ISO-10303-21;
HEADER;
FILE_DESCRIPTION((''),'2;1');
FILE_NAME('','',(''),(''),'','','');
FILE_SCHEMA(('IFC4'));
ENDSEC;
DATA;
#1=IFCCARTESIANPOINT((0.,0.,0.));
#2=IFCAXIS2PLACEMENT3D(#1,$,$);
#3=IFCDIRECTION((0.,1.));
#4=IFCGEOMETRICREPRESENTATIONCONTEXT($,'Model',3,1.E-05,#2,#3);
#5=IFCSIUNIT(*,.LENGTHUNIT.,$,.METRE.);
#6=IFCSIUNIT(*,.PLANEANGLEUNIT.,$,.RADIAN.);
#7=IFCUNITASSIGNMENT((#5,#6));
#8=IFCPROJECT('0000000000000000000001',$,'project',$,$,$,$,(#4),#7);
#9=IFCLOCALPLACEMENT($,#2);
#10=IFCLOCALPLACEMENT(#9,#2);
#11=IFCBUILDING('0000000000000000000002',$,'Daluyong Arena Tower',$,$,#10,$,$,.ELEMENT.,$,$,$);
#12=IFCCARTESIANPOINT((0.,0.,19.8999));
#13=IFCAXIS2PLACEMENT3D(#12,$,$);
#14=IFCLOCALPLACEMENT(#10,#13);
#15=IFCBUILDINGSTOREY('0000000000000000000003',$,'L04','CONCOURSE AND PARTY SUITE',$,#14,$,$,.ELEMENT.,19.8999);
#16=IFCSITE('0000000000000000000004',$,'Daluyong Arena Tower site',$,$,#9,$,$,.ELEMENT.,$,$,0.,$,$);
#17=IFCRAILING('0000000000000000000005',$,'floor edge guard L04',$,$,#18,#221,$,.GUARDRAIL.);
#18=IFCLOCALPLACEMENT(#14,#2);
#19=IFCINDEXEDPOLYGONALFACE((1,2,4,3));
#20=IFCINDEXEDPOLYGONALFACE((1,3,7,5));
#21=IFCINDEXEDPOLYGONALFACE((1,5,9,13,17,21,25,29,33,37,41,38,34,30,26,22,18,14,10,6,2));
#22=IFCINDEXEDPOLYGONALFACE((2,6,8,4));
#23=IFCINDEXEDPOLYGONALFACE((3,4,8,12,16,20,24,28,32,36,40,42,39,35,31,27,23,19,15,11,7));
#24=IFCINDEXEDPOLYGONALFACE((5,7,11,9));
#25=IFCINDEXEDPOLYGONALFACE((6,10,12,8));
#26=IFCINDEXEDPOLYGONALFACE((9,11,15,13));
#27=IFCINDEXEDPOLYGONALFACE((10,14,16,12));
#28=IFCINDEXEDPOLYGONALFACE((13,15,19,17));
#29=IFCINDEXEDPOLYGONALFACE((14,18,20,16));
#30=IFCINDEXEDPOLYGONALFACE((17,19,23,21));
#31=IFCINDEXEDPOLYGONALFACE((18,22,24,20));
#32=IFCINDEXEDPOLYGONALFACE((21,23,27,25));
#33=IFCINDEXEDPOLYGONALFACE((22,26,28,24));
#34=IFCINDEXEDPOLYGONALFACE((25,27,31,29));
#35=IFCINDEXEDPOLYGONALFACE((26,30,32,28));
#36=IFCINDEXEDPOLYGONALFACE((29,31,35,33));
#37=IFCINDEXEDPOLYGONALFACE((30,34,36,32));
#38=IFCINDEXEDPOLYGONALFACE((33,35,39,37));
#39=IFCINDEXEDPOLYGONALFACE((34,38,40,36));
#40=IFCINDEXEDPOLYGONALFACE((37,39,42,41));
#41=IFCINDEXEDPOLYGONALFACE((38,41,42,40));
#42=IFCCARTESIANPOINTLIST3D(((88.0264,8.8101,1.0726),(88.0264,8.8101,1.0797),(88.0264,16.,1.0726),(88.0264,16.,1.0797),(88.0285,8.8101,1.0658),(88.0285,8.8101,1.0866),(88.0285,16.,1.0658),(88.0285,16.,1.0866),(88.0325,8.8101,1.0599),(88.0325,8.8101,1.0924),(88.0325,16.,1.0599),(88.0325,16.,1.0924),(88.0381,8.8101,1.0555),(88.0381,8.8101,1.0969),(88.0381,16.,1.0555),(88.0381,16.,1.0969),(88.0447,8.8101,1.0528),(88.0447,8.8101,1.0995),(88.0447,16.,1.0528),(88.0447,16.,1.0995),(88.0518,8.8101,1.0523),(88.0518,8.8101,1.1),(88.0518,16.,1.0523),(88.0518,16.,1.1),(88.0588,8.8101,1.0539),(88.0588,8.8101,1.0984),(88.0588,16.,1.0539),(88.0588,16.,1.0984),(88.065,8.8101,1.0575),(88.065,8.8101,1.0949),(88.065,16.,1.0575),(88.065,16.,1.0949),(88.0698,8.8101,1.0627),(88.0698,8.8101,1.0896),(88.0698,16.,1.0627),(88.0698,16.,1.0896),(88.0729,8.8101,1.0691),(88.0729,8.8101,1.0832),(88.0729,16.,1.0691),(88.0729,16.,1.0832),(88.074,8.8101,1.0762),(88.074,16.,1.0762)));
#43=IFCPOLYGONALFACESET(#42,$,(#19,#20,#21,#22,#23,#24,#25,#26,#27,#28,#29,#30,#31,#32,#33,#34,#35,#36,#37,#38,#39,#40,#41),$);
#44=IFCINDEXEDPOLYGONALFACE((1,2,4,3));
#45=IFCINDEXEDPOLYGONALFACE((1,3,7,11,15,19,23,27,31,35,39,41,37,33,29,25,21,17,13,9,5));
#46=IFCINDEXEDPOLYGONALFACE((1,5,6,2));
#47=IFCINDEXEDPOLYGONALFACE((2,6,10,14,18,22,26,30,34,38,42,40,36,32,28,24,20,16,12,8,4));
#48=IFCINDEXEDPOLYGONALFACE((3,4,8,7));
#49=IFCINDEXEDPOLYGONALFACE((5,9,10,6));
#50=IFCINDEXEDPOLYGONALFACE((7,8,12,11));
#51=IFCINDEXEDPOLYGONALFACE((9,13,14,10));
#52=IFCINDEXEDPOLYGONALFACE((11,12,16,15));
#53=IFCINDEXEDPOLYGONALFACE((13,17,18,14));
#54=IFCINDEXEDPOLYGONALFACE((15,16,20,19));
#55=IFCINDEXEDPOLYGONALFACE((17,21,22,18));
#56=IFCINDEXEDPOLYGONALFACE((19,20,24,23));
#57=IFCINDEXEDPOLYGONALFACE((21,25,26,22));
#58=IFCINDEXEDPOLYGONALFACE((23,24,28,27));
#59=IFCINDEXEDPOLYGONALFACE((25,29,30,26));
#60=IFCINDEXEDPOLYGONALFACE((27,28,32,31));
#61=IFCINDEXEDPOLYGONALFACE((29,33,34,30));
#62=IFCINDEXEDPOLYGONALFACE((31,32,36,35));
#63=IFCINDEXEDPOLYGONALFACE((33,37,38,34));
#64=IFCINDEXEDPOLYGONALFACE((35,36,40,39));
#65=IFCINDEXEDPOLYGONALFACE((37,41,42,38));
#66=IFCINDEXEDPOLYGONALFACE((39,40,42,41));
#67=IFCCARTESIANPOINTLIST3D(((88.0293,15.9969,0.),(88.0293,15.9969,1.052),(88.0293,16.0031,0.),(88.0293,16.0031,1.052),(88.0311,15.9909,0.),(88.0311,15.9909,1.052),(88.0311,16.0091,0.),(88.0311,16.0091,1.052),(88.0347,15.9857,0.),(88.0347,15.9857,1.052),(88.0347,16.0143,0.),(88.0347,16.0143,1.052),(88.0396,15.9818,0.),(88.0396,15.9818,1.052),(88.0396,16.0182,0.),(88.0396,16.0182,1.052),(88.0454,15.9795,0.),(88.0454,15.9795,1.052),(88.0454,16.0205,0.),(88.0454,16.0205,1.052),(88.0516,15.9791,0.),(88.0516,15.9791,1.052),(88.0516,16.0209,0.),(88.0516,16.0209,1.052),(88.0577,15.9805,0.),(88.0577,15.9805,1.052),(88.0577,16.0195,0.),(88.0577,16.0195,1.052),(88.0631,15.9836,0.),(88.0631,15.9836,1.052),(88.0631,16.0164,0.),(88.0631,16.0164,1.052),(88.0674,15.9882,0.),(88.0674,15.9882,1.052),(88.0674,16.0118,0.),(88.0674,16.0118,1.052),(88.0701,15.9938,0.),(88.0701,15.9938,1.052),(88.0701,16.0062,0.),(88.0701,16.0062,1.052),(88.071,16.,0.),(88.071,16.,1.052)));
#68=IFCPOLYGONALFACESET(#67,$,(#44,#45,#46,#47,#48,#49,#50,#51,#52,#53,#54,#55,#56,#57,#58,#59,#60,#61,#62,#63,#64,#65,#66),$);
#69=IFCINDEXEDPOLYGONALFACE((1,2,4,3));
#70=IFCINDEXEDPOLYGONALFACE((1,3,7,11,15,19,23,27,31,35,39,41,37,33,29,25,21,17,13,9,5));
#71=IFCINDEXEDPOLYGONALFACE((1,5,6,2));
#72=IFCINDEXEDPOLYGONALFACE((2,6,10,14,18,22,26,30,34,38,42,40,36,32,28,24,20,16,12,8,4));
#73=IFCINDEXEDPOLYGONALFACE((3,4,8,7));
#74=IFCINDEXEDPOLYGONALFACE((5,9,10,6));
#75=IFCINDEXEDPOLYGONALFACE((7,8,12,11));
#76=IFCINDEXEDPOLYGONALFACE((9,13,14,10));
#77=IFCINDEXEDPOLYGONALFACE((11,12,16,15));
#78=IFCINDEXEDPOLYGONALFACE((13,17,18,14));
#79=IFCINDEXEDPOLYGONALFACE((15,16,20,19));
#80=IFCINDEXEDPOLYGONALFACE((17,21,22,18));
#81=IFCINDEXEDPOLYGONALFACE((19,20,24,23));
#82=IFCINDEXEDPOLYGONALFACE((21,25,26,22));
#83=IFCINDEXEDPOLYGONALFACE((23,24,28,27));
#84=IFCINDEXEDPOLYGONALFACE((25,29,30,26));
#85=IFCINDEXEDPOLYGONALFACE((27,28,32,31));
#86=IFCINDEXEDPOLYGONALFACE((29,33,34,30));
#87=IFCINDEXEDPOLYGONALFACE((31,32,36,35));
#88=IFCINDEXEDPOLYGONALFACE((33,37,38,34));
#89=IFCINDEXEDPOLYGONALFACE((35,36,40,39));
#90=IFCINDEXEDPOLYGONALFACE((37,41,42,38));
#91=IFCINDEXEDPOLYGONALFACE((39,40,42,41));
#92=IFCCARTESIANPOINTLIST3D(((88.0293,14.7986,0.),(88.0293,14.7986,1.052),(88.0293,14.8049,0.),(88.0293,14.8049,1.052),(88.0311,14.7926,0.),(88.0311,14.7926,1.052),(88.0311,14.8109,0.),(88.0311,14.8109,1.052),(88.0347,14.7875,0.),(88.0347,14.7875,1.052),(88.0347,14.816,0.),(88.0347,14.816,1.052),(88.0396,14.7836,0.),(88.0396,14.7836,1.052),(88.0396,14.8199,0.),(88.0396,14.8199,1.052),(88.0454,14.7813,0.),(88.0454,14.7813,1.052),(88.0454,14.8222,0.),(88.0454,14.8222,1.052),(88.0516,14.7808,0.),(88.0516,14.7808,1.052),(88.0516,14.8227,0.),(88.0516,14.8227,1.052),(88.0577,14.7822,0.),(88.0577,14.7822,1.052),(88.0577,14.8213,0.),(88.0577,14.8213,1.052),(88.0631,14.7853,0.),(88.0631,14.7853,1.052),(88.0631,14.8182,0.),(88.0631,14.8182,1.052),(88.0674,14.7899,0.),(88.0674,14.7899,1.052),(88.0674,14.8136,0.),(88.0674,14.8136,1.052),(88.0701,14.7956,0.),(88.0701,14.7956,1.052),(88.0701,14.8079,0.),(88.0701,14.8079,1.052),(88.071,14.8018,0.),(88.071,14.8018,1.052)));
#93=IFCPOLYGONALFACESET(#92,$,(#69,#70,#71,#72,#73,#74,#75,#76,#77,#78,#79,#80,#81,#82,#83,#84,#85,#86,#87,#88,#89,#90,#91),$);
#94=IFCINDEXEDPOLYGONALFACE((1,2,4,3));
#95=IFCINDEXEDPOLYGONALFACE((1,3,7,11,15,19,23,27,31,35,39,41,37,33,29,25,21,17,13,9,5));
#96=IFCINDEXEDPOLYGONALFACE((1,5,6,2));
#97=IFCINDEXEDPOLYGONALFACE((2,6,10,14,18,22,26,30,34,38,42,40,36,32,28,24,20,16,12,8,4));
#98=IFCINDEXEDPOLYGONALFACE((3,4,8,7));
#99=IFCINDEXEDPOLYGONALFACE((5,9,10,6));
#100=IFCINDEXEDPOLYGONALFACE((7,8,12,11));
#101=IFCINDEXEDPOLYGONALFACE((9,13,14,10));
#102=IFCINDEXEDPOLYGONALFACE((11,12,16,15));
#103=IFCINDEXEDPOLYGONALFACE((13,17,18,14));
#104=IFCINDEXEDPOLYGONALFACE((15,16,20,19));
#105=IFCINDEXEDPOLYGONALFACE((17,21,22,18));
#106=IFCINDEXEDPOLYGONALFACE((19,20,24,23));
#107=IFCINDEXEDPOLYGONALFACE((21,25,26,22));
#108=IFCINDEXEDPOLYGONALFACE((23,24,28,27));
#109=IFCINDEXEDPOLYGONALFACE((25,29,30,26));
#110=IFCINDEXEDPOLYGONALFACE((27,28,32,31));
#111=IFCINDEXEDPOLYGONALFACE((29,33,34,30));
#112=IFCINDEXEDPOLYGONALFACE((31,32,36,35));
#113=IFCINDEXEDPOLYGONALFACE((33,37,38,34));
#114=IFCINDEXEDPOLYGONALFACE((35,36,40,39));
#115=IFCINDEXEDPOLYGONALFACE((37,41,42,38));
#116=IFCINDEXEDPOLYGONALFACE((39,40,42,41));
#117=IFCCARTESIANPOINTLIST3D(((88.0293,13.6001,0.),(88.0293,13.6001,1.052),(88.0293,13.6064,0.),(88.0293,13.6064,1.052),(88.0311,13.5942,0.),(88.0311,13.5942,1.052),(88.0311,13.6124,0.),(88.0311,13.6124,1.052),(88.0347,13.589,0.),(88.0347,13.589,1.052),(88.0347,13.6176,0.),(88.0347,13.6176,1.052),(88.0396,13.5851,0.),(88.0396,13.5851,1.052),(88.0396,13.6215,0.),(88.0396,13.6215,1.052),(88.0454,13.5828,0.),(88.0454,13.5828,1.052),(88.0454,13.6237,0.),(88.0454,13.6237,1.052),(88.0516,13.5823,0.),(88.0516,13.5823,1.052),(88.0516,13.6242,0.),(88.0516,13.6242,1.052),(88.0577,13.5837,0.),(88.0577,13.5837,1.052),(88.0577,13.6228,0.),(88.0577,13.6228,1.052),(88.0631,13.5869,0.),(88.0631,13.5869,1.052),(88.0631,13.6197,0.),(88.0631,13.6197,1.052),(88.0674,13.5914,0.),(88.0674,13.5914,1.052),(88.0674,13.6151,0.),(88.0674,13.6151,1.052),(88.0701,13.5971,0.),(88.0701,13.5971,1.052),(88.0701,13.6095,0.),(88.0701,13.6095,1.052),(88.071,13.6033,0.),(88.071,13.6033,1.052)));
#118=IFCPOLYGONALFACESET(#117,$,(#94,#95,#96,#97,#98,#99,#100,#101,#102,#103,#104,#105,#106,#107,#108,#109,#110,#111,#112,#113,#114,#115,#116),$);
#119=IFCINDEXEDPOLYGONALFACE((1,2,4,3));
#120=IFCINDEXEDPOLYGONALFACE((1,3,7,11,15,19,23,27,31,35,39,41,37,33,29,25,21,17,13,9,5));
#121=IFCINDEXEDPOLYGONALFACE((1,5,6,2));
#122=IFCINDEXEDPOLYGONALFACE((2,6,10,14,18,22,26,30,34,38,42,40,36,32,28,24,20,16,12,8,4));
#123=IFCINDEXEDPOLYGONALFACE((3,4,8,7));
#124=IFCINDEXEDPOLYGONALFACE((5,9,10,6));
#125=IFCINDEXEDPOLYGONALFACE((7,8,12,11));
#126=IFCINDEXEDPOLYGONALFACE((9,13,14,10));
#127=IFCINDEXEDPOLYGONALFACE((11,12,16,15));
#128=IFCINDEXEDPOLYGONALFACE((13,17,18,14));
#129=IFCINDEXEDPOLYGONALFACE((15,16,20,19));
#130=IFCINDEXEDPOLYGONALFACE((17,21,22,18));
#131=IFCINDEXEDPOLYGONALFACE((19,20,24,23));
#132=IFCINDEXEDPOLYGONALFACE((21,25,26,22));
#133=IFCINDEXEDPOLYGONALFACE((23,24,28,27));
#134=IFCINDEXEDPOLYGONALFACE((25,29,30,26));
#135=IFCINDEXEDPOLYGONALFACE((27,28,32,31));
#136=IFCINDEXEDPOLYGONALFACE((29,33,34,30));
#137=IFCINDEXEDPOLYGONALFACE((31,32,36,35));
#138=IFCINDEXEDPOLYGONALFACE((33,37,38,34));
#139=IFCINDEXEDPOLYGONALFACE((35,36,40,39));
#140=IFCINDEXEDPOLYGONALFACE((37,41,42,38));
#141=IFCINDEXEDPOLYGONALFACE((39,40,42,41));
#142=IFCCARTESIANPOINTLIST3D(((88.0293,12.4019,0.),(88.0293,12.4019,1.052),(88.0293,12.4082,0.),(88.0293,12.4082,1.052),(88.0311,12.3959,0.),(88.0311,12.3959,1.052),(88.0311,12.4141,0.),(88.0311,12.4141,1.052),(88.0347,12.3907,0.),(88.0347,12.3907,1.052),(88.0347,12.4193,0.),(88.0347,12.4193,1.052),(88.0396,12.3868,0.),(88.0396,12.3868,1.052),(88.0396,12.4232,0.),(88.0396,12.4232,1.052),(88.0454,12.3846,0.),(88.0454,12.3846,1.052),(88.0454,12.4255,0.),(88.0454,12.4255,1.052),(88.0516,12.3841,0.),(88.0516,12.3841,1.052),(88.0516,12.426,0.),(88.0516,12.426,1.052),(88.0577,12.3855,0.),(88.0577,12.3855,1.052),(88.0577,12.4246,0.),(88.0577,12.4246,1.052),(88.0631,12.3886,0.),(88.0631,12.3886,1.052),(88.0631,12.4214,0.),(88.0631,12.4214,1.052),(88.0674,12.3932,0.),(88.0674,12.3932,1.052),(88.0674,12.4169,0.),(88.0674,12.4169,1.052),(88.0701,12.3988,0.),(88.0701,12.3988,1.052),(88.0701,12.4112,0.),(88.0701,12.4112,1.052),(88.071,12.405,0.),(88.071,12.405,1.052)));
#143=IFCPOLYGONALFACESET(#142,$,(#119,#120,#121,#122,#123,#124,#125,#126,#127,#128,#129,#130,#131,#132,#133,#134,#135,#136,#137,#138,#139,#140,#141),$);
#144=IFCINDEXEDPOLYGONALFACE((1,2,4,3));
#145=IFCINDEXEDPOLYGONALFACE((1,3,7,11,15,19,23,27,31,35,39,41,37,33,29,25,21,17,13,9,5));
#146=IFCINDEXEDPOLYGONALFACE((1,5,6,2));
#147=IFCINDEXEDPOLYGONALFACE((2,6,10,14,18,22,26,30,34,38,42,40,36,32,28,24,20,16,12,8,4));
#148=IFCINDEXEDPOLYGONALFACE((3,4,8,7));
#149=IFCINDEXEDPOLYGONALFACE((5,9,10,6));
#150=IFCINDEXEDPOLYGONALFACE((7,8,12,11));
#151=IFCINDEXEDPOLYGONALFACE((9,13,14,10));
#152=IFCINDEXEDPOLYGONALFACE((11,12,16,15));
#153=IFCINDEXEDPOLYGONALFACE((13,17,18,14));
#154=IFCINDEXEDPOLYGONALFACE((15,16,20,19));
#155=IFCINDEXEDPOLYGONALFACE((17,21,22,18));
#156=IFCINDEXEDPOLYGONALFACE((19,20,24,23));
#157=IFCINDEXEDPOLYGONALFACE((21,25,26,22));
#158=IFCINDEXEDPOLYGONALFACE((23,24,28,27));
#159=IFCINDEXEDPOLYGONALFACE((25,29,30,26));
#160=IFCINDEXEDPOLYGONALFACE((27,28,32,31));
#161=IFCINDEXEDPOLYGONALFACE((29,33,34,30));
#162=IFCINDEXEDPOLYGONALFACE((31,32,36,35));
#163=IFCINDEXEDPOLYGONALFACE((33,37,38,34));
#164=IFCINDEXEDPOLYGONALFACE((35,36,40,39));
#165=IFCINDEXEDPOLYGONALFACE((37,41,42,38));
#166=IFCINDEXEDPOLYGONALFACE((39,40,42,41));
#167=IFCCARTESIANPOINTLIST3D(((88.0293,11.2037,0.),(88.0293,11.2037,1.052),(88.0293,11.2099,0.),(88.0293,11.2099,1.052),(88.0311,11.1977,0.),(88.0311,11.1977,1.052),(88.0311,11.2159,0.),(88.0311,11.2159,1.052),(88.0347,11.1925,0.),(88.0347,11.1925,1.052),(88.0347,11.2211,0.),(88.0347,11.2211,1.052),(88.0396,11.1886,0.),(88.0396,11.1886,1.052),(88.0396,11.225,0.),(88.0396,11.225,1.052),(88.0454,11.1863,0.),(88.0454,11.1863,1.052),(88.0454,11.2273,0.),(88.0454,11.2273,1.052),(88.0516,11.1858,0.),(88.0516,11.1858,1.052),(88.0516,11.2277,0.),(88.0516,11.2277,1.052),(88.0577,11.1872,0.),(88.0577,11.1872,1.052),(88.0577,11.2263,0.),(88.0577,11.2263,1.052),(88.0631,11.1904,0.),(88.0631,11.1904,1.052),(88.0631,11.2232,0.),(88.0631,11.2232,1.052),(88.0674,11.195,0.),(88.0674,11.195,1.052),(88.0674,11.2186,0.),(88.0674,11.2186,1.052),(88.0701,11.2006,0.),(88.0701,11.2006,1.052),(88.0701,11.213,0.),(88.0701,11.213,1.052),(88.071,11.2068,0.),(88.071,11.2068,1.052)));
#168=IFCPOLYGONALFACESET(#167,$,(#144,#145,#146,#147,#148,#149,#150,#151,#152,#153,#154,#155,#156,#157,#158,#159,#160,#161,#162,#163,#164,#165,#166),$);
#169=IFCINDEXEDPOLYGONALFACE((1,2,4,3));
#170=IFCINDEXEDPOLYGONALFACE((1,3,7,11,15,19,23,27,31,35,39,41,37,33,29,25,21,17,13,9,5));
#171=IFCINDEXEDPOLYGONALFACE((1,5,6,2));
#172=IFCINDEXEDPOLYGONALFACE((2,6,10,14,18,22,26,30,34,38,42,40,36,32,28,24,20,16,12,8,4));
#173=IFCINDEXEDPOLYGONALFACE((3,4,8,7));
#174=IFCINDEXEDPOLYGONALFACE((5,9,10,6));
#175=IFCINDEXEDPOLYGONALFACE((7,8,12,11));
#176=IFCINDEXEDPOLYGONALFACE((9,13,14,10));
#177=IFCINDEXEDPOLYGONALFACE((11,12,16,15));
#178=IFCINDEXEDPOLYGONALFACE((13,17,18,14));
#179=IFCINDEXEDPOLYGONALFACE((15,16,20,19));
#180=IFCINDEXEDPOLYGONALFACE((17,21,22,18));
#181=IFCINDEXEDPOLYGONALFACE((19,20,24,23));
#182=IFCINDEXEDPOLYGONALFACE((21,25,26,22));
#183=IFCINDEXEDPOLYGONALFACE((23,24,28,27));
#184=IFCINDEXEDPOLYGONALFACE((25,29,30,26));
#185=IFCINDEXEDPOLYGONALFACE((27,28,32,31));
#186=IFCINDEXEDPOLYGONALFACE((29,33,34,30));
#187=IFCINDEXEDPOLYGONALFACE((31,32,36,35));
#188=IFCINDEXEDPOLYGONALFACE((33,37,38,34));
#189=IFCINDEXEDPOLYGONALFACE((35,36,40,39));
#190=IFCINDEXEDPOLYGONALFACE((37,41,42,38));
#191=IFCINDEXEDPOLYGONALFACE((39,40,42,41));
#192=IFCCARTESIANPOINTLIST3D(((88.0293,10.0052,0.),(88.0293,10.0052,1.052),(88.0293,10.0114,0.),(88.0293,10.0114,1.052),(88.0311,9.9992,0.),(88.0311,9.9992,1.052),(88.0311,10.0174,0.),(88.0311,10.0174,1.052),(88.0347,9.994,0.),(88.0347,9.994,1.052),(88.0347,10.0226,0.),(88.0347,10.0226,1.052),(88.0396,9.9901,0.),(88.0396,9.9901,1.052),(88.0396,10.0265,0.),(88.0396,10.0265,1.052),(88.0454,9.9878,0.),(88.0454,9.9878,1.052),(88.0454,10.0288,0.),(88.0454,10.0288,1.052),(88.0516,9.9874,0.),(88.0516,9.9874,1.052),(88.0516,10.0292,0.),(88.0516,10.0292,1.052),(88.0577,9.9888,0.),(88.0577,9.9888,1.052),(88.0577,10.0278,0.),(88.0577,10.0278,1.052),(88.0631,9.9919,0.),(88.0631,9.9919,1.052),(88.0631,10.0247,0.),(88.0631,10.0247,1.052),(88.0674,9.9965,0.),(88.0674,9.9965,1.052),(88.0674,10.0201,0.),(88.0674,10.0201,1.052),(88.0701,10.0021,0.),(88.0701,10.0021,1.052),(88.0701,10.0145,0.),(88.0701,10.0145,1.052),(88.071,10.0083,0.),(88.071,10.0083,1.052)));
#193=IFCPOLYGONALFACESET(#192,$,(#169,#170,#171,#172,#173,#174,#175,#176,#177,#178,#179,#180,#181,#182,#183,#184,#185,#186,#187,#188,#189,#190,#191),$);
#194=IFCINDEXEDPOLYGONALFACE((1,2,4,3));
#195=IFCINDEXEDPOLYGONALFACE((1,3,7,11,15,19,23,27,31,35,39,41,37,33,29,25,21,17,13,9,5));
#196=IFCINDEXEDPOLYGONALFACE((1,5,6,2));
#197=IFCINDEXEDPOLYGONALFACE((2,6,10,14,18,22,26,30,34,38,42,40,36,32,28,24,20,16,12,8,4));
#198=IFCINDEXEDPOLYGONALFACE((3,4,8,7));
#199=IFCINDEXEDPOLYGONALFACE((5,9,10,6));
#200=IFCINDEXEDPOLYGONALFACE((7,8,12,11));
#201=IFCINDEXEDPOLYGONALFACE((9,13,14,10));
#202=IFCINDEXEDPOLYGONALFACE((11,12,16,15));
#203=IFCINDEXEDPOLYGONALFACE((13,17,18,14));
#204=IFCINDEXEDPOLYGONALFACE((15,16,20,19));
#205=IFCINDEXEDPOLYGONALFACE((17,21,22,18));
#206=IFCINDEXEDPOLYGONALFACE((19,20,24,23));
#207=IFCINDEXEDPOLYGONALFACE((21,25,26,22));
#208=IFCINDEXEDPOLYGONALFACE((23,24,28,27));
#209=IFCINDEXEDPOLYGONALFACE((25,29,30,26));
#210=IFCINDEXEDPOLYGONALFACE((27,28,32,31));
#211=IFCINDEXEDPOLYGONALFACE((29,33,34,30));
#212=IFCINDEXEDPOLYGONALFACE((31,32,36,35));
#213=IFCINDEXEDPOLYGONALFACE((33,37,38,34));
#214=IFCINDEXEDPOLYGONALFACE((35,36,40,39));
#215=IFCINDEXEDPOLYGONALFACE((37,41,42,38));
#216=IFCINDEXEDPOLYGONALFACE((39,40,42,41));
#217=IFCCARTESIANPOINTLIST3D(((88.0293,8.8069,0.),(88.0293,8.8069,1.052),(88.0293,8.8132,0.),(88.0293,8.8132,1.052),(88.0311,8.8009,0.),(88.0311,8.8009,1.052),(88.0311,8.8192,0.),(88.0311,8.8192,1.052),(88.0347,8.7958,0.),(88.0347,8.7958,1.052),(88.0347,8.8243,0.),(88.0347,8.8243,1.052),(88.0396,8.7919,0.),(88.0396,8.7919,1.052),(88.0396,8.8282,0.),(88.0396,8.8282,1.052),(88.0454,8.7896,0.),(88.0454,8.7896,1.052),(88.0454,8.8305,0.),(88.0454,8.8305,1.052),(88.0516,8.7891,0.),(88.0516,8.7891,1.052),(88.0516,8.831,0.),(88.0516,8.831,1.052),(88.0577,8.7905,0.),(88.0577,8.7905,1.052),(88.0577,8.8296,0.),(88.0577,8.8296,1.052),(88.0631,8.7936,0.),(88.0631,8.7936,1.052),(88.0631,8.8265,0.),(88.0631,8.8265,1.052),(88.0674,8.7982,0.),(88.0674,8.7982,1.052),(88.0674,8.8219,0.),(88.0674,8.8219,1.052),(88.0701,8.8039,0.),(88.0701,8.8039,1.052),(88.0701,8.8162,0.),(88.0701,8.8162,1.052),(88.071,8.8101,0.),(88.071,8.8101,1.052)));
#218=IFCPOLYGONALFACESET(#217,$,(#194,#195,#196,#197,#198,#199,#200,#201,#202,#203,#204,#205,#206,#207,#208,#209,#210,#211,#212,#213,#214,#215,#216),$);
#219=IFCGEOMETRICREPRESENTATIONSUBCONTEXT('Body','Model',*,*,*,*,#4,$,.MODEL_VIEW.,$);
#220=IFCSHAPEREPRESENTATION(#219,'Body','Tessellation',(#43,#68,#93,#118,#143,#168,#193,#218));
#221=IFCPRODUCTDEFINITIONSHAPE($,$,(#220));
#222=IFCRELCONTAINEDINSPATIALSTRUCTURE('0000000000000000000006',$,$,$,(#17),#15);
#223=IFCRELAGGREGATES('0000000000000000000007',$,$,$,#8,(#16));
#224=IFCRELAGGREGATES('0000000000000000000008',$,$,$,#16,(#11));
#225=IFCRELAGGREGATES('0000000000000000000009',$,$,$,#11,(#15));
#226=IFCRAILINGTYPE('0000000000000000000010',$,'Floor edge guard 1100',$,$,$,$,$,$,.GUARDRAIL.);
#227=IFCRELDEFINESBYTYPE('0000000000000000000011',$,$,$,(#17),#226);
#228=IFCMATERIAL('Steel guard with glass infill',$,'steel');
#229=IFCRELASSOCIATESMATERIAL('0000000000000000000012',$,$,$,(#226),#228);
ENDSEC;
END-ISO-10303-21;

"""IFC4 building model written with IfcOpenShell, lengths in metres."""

from ifc_helpers import new_model, si_unit, direction, frame, origin, origin_2d, place, context, subcontext, project, spatial, circle, extrude, material, type_object, element, save


model = new_model("IFC4")

# Units and contexts
model_context = context("Model", 3, precision=1e-05, world=origin(), true_north=direction((0.0, 1.0)))
body_context = subcontext(model_context, "Body", "Model", "MODEL_VIEW")
ifc_project = project(units=[si_unit("LENGTHUNIT", "METRE"), si_unit("PLANEANGLEUNIT", "RADIAN")], contexts=[model_context])

# Site, building, storey
site_placement = place(None, origin())
site = spatial("IfcSite", under=ifc_project, at=site_placement, Name="Daluyong Arena Tower site", CompositionType="ELEMENT", RefElevation=0.0)
building_placement = place(site_placement, origin())
building = spatial("IfcBuilding", under=site, at=building_placement, Name="Daluyong Arena Tower", CompositionType="ELEMENT")
storey_placement = place(building_placement, frame((0.0, 0.0, 19.8999)))
storey = spatial("IfcBuildingStorey", under=building, at=storey_placement, Name="L04", Description="CONCOURSE AND PARTY SUITE", CompositionType="ELEMENT", Elevation=19.8999)

# Railing
ifc_material_1 = material(Name="Steel guard with glass infill", Category="steel")
railing_type_1 = type_object("IfcRailingType", Name="Floor edge guard 1100", PredefinedType="GUARDRAIL", material=ifc_material_1)
railing_1_placement = place(storey_placement, frame((88.05, 16.0, 0.0)))
element("IfcRailing", 1, at=railing_1_placement, inside=storey, type_object=railing_type_1, Name="floor edge guard L04", PredefinedType="GUARDRAIL", context=body_context, shape_type="SweptSolid", body=[
    extrude(circle(Radius=0.0239, at=origin_2d()), frame((0.0, 0.0, 1.0762), z_axis=(0.0, -1.0, 0.0), x_axis=(1.0, 0.0, 0.0)), (0.0, 0.0, 1.0), 7.1899),
    extrude(circle(Radius=0.021, at=origin_2d()), origin(), (0.0, 0.0, 1.0), 1.052),
    extrude(circle(Radius=0.021, at=origin_2d()), frame((0.0, -1.1982, 0.0)), (0.0, 0.0, 1.0), 1.052),
    extrude(circle(Radius=0.021, at=origin_2d()), frame((0.0, -2.3967, 0.0)), (0.0, 0.0, 1.0), 1.052),
    extrude(circle(Radius=0.021, at=origin_2d()), frame((0.0, -3.595, 0.0)), (0.0, 0.0, 1.0), 1.052),
    extrude(circle(Radius=0.021, at=origin_2d()), frame((0.0, -4.7932, 0.0)), (0.0, 0.0, 1.0), 1.052),
    extrude(circle(Radius=0.021, at=origin_2d()), frame((0.0, -5.9917, 0.0)), (0.0, 0.0, 1.0), 1.052),
    extrude(circle(Radius=0.021, at=origin_2d()), frame((0.0, -7.1899, 0.0)), (0.0, 0.0, 1.0), 1.052),
])

save(model, "model.ifc")
